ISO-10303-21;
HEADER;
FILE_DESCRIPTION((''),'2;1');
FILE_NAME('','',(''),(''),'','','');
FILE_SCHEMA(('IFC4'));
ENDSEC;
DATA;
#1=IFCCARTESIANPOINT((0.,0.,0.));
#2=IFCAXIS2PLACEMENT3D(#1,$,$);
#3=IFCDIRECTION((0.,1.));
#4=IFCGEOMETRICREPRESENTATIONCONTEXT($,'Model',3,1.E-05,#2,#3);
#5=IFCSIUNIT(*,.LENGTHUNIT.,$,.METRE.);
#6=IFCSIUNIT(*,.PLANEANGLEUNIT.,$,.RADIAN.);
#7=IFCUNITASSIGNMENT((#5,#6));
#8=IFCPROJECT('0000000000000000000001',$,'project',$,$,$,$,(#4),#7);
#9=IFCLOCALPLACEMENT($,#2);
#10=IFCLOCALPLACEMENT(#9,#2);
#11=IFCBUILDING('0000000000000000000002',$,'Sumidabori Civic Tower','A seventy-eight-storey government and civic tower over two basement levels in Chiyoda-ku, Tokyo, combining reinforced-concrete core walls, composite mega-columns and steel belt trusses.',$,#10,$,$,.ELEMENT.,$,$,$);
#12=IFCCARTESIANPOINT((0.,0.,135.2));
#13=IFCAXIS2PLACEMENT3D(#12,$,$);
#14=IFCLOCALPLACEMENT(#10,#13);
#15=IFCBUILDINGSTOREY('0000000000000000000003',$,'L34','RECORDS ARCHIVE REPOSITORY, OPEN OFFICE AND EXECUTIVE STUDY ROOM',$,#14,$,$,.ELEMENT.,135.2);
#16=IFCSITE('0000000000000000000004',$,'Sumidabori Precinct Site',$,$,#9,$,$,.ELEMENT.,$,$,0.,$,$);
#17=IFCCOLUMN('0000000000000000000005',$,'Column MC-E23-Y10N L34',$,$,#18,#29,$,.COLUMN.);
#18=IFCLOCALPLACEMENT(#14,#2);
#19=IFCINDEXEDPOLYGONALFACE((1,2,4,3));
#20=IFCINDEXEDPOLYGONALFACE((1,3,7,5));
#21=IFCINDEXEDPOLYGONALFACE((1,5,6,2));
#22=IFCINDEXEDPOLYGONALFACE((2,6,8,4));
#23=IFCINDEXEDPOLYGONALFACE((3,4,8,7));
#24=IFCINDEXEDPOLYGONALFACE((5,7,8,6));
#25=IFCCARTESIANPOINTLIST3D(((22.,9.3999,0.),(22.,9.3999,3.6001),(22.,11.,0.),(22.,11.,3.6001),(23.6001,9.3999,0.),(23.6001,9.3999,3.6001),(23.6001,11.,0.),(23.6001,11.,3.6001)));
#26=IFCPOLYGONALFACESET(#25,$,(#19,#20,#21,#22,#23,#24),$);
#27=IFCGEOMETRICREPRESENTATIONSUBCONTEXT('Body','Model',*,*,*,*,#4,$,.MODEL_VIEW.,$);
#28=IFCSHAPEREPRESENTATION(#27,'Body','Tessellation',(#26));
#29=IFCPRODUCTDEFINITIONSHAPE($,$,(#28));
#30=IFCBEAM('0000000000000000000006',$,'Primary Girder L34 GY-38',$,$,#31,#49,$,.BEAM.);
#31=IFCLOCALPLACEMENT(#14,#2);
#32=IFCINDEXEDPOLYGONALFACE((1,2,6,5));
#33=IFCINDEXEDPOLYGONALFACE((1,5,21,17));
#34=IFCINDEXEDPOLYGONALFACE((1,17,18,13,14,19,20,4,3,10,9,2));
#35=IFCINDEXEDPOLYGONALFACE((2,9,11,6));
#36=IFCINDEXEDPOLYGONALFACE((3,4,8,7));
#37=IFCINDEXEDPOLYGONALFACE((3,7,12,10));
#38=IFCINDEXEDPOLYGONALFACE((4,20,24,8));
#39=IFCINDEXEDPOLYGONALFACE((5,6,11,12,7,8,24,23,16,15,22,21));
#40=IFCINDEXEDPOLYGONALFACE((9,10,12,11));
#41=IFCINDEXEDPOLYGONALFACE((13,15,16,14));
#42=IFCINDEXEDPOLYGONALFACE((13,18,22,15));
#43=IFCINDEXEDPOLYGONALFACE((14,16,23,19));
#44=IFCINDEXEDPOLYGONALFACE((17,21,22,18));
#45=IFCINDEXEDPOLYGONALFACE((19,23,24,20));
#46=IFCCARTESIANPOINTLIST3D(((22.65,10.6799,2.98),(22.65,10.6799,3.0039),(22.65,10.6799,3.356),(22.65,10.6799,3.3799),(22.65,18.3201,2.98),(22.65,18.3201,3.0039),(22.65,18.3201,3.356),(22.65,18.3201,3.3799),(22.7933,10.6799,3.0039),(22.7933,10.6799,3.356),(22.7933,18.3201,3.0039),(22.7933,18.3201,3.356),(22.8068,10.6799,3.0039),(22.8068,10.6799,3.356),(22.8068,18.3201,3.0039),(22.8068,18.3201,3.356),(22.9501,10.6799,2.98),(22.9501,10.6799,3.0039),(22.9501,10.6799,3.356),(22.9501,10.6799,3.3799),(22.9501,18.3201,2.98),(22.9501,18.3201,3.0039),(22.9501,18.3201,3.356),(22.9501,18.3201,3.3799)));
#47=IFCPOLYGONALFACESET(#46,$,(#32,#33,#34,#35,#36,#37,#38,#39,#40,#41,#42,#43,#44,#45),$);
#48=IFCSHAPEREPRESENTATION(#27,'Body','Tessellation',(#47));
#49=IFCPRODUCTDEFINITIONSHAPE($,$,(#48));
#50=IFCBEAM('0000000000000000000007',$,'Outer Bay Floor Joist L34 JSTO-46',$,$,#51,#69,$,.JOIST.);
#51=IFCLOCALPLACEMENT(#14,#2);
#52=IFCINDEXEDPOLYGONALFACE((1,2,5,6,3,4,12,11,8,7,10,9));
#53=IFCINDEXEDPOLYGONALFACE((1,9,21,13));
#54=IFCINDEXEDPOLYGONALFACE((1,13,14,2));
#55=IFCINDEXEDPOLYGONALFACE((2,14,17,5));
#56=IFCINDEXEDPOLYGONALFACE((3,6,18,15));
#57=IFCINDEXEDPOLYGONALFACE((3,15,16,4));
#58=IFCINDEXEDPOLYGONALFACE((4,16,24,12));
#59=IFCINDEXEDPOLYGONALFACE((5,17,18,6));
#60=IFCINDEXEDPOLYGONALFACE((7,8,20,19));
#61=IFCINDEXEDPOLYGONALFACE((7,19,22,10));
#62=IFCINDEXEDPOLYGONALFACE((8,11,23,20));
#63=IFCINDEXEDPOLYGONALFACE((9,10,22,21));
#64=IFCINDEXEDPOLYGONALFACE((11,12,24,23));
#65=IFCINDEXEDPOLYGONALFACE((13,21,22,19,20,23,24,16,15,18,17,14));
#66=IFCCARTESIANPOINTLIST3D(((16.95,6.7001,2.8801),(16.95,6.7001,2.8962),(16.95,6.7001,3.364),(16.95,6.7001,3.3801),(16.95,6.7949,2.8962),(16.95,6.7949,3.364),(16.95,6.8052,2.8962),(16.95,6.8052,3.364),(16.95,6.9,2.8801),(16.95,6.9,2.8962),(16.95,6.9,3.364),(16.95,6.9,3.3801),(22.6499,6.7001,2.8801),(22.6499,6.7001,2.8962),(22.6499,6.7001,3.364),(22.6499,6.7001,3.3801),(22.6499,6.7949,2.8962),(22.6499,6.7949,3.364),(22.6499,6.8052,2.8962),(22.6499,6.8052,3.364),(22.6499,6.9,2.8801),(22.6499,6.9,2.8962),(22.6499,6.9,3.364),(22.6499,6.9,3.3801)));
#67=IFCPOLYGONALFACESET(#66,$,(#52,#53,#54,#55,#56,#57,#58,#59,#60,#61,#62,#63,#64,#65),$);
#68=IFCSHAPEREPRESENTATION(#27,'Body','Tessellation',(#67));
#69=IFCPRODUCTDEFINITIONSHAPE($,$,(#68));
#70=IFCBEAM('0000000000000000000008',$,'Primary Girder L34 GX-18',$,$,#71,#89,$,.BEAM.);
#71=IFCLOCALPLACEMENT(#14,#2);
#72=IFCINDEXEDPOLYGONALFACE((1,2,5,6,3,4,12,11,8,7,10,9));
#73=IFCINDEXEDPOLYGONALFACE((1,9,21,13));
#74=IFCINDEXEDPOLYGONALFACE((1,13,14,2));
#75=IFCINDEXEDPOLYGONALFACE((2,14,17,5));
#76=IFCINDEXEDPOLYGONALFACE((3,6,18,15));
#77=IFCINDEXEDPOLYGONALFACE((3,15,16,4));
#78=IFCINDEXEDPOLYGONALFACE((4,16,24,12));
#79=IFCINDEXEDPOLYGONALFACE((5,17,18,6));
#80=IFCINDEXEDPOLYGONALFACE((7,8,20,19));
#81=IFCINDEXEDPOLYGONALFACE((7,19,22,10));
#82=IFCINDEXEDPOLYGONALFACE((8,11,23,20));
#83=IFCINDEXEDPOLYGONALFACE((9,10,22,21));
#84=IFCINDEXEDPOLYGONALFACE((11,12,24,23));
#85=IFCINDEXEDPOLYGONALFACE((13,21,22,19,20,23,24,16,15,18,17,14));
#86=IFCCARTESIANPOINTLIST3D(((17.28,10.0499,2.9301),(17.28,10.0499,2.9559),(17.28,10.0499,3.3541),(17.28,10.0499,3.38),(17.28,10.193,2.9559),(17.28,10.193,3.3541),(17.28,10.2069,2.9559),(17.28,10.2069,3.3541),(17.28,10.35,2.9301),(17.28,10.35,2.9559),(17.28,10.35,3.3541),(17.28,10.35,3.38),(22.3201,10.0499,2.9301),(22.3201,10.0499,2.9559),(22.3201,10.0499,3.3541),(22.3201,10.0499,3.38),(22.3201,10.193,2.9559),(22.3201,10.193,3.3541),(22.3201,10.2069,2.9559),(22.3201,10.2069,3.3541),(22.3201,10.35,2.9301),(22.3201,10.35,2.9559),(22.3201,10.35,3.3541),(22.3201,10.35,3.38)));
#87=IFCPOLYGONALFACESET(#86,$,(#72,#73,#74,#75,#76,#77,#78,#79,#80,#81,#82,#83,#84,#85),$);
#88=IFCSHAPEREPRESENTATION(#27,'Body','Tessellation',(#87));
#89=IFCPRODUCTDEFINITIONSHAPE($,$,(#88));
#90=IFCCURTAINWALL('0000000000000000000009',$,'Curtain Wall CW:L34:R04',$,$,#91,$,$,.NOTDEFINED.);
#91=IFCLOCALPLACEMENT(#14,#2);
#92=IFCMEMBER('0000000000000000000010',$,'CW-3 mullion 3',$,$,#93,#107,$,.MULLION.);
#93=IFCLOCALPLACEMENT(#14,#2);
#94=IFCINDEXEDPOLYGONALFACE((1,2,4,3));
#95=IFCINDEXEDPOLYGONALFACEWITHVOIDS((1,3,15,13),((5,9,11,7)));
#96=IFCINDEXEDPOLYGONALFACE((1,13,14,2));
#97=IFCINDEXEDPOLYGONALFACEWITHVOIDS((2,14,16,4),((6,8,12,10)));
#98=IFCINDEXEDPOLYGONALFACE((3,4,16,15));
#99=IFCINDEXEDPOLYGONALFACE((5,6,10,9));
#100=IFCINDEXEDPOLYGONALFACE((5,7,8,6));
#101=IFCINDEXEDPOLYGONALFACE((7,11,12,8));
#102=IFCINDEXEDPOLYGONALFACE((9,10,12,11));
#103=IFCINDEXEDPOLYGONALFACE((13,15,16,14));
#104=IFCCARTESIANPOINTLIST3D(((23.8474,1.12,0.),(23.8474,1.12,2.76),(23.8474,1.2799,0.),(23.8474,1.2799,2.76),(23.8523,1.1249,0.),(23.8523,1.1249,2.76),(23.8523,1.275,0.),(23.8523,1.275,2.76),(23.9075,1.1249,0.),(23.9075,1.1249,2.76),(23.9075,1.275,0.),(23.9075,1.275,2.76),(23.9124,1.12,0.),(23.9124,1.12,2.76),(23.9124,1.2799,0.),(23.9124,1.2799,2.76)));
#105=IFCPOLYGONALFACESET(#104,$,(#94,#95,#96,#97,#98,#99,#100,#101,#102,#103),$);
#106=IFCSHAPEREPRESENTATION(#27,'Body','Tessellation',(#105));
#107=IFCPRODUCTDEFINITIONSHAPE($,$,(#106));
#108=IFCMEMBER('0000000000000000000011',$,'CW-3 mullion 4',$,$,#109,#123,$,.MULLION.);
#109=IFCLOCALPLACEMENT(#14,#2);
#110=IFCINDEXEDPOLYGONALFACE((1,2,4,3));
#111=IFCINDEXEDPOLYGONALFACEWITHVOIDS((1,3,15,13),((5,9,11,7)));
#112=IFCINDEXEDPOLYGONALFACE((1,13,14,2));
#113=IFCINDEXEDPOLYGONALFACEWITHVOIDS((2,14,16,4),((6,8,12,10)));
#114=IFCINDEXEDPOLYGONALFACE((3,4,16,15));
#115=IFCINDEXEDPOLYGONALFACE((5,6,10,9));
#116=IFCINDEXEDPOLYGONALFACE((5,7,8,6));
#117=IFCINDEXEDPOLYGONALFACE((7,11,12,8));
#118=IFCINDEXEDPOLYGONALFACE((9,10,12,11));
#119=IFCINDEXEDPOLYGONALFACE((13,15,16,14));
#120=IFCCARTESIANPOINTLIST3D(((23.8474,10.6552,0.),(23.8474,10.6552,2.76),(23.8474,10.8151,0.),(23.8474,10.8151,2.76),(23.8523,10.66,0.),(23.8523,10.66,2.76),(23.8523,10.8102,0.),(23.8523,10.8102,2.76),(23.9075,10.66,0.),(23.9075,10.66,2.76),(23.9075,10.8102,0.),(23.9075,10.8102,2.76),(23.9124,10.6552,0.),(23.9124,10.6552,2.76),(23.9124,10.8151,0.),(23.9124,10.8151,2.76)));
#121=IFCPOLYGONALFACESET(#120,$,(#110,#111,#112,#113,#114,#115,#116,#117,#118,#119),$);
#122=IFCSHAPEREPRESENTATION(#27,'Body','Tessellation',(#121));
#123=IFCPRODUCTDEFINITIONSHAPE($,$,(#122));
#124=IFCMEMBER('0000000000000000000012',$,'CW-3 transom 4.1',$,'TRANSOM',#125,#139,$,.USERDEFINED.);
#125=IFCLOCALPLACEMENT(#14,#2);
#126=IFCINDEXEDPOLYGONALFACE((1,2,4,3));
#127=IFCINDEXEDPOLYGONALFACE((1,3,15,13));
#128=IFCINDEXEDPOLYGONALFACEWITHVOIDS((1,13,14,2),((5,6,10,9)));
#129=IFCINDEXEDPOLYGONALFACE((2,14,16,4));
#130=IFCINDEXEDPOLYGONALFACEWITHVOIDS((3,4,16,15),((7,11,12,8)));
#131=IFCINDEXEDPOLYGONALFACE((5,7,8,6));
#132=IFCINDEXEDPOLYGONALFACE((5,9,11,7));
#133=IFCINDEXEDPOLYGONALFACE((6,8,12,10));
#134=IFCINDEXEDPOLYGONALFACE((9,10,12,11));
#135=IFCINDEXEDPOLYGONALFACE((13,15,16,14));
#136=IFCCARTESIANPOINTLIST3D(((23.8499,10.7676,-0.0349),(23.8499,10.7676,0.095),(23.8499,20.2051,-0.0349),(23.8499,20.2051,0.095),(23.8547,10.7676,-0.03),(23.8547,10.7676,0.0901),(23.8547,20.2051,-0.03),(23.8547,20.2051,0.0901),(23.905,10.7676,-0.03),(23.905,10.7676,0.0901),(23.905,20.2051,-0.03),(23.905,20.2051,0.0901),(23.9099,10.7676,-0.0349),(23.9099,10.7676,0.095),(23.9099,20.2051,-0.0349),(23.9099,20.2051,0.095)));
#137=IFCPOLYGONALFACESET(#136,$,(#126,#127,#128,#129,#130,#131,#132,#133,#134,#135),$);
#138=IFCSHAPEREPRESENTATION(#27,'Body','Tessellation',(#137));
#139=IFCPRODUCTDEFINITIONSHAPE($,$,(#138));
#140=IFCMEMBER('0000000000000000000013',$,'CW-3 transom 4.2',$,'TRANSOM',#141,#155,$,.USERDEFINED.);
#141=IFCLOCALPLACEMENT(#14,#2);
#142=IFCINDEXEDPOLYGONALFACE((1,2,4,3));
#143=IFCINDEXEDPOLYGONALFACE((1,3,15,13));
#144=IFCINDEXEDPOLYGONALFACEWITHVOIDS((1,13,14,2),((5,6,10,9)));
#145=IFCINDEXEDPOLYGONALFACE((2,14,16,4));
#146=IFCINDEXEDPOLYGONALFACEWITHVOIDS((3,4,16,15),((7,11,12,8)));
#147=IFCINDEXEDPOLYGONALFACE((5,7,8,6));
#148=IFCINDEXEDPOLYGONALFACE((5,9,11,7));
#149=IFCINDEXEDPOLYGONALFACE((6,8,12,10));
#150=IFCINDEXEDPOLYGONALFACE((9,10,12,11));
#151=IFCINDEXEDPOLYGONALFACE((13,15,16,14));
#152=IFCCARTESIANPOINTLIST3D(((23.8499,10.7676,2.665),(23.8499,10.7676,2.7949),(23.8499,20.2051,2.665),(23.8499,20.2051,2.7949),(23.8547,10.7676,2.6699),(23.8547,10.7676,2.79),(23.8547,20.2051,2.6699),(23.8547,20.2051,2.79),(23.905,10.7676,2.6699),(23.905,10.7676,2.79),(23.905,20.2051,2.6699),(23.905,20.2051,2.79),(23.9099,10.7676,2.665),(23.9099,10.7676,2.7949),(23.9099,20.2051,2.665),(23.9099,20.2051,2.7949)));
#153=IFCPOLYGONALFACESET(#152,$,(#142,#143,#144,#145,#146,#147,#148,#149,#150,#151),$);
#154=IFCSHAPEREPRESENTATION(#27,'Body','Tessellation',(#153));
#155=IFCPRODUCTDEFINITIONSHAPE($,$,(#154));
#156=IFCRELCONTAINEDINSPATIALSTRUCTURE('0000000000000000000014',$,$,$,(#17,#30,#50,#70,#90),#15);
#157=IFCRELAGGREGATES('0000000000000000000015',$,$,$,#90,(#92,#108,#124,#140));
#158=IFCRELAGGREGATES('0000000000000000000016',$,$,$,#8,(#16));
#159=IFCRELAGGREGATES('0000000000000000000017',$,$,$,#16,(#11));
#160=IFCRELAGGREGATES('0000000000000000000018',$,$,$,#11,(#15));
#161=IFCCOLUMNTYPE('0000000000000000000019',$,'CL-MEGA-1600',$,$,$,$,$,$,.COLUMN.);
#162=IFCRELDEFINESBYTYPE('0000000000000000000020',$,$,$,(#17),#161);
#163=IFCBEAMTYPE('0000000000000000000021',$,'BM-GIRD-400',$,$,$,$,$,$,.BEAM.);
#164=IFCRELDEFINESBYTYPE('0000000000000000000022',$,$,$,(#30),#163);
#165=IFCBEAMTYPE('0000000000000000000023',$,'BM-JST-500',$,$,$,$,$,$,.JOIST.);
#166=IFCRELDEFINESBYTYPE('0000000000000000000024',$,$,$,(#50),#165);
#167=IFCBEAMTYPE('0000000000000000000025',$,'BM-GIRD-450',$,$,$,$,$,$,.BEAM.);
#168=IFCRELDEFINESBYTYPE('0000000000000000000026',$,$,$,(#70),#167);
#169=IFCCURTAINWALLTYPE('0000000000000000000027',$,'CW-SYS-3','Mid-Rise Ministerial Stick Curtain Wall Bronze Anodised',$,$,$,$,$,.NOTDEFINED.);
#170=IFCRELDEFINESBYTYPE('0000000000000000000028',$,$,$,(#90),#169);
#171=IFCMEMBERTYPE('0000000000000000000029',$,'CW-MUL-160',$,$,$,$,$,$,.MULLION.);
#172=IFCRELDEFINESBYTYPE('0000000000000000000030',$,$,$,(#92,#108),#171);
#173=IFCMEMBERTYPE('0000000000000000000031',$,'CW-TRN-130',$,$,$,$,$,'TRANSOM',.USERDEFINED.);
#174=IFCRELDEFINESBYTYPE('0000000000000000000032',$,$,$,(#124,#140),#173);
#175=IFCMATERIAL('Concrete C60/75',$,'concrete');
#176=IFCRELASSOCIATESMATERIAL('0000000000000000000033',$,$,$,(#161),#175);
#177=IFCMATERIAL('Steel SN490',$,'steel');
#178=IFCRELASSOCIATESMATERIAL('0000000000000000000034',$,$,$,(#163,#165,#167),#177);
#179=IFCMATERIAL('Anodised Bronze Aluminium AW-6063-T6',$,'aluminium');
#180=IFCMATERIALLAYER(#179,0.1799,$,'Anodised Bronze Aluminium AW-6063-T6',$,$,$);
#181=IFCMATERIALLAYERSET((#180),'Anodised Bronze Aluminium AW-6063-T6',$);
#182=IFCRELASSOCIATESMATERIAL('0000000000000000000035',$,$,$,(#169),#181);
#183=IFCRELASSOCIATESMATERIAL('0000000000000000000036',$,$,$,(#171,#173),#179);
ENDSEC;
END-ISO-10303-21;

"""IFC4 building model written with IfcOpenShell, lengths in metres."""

from ifc_helpers import new_model, si_unit, direction, frame, origin, origin_2d, place, context, subcontext, project, spatial, rectangle, hollow_rectangle, i_section, extrude, source, transform, mapped, material, layer, layer_set, material_profile, profile_set, type_object, element, aggregate, save


model = new_model("IFC4")

# Units and contexts
model_context = context("Model", 3, precision=1e-05, world=origin(), true_north=direction((0.0, 1.0)))
body_context = subcontext(model_context, "Body", "Model", "MODEL_VIEW")
ifc_project = project(units=[si_unit("LENGTHUNIT", "METRE"), si_unit("PLANEANGLEUNIT", "RADIAN")], contexts=[model_context])

# Site, building, storey
site_placement = place(None, origin())
site = spatial("IfcSite", under=ifc_project, at=site_placement, Name="Sumidabori Precinct Site", CompositionType="ELEMENT", RefElevation=0.0)
building_placement = place(site_placement, origin())
building = spatial("IfcBuilding", under=site, at=building_placement, Name="Sumidabori Civic Tower", Description="A seventy-eight-storey government and civic tower over two basement levels in Chiyoda-ku, Tokyo, combining reinforced-concrete core walls, composite mega-columns and steel belt trusses.", CompositionType="ELEMENT")
storey_placement = place(building_placement, frame((0.0, 0.0, 135.2)))
storey = spatial("IfcBuildingStorey", under=building, at=storey_placement, Name="L34", Description="RECORDS ARCHIVE REPOSITORY, OPEN OFFICE AND EXECUTIVE STUDY ROOM", CompositionType="ELEMENT", Elevation=135.2)

# Column
ifc_material_1 = material(Name="Concrete C60/75", Category="concrete")
ifc_material_profile_1 = material_profile(ifc_material_1, rectangle(XDim=1.6001, YDim=1.6001, at=origin_2d()), Name="RC 1600x1600")
ifc_profile_set_1 = profile_set([ifc_material_profile_1], Name="Concrete C60/75")
column_type = type_object("IfcColumnType", Name="CL-MEGA-1600", PredefinedType="COLUMN", material=ifc_profile_set_1)
shared_shape_1 = source(origin(), body_context, "Body", "SweptSolid", [
    extrude(rectangle(XDim=1.6001, YDim=1.6001, at=origin_2d()), origin(), (0.0, 0.0, 1.0), 3.6001),
])
column_placement = place(storey_placement, frame((22.8, 10.2, 0.0), z_axis=(0.0, 0.0, 1.0), x_axis=(1.0, 0.0, 0.0)))
element("IfcColumn", 1, at=column_placement, inside=storey, type_object=column_type, Name="Column MC-E23-Y10N L34", PredefinedType="COLUMN", context=body_context, shape_type="MappedRepresentation", body=[
    mapped(shared_shape_1, transform((0.0, 0.0, 0.0), x_axis=(1.0, 0.0, 0.0), y_axis=(0.0, 1.0, 0.0), z_axis=(0.0, 0.0, 1.0), scale=1.0)),
])

# Beams
ifc_material_2 = material(Name="Steel SN490", Category="steel")
ifc_material_profile_2 = material_profile(ifc_material_2, i_section(OverallWidth=0.3, OverallDepth=0.3999, WebThickness=0.0134, FlangeThickness=0.0239, at=origin_2d()), Name="HE 400 B")
ifc_profile_set_2 = profile_set([ifc_material_profile_2], Name="Steel SN490")
beam_type_1 = type_object("IfcBeamType", Name="BM-GIRD-400", PredefinedType="BEAM", material=ifc_profile_set_2)
shared_shape_2 = source(origin(), body_context, "Body", "SweptSolid", [
    extrude(i_section(OverallWidth=0.3, OverallDepth=0.3999, WebThickness=0.0134, FlangeThickness=0.0239, at=origin_2d()), origin(), (0.0, 0.0, 1.0), 7.6401),
])
beam_1_placement = place(storey_placement, frame((22.8, 10.6799, 3.1799), z_axis=(0.0, 1.0, 0.0), x_axis=(-1.0, 0.0, 0.0)))
element("IfcBeam", 2, at=beam_1_placement, inside=storey, type_object=beam_type_1, Name="Primary Girder L34 GY-38", PredefinedType="BEAM", context=body_context, shape_type="MappedRepresentation", body=[
    mapped(shared_shape_2, transform((0.0, 0.0, 0.0), x_axis=(1.0, 0.0, 0.0), y_axis=(0.0, 1.0, 0.0), z_axis=(0.0, 0.0, 1.0), scale=1.0)),
])
ifc_material_profile_3 = material_profile(ifc_material_2, i_section(OverallWidth=0.2, OverallDepth=0.5, WebThickness=0.0103, FlangeThickness=0.0161, at=origin_2d()), Name="IPE 500")
ifc_profile_set_3 = profile_set([ifc_material_profile_3], Name="Steel SN490")
beam_type_2 = type_object("IfcBeamType", Name="BM-JST-500", PredefinedType="JOIST", material=ifc_profile_set_3)
shared_shape_3 = source(origin(), body_context, "Body", "SweptSolid", [
    extrude(i_section(OverallWidth=0.2, OverallDepth=0.5, WebThickness=0.0103, FlangeThickness=0.0161, at=origin_2d()), origin(), (0.0, 0.0, 1.0), 5.7),
])
beam_2_placement = place(storey_placement, frame((16.95, 6.8, 3.1301), z_axis=(1.0, 0.0, 0.0), x_axis=(0.0, 1.0, 0.0)))
element("IfcBeam", 3, at=beam_2_placement, inside=storey, type_object=beam_type_2, Name="Outer Bay Floor Joist L34 JSTO-46", PredefinedType="JOIST", context=body_context, shape_type="MappedRepresentation", body=[
    mapped(shared_shape_3, transform((0.0, 0.0, 0.0), x_axis=(1.0, 0.0, 0.0), y_axis=(0.0, 1.0, 0.0), z_axis=(0.0, 0.0, 1.0), scale=1.0)),
])
ifc_material_profile_4 = material_profile(ifc_material_2, i_section(OverallWidth=0.3, OverallDepth=0.45, WebThickness=0.0139, FlangeThickness=0.0259, at=origin_2d()), Name="HE 450 B")
ifc_profile_set_4 = profile_set([ifc_material_profile_4], Name="Steel SN490")
beam_type_3 = type_object("IfcBeamType", Name="BM-GIRD-450", PredefinedType="BEAM", material=ifc_profile_set_4)
shared_shape_4 = source(origin(), body_context, "Body", "SweptSolid", [
    extrude(i_section(OverallWidth=0.3, OverallDepth=0.45, WebThickness=0.0139, FlangeThickness=0.0259, at=origin_2d()), origin(), (0.0, 0.0, 1.0), 5.04),
])
beam_3_placement = place(storey_placement, frame((17.28, 10.2, 3.155), z_axis=(1.0, 0.0, 0.0), x_axis=(0.0, 1.0, 0.0)))
element("IfcBeam", 4, at=beam_3_placement, inside=storey, type_object=beam_type_3, Name="Primary Girder L34 GX-18", PredefinedType="BEAM", context=body_context, shape_type="MappedRepresentation", body=[
    mapped(shared_shape_4, transform((0.0, 0.0, 0.0), x_axis=(1.0, 0.0, 0.0), y_axis=(0.0, 1.0, 0.0), z_axis=(0.0, 0.0, 1.0), scale=1.0)),
])

# Curtain wall, members
ifc_material_3 = material(Name="Anodised Bronze Aluminium AW-6063-T6", Category="aluminium")
ifc_layer_1 = layer(ifc_material_3, 0.1799, Name="Anodised Bronze Aluminium AW-6063-T6")
ifc_layer_set_1 = layer_set([ifc_layer_1], Name="Anodised Bronze Aluminium AW-6063-T6")
curtain_wall_type = type_object("IfcCurtainWallType", Name="CW-SYS-3", Description="Mid-Rise Ministerial Stick Curtain Wall Bronze Anodised", PredefinedType="NOTDEFINED", material=ifc_layer_set_1)
curtain_wall_placement = place(storey_placement, origin())
curtain_wall = element("IfcCurtainWall", 5, at=curtain_wall_placement, inside=storey, type_object=curtain_wall_type, Name="Curtain Wall CW:L34:R04", PredefinedType="NOTDEFINED")
ifc_material_profile_5 = material_profile(ifc_material_3, hollow_rectangle(XDim=0.0649, YDim=0.1599, WallThickness=0.0049, at=origin_2d()), Name="ALU MULLION 160x65")
ifc_profile_set_5 = profile_set([ifc_material_profile_5], Name="Anodised Bronze Aluminium AW-6063-T6")
member_type_1 = type_object("IfcMemberType", Name="CW-MUL-160", PredefinedType="MULLION", material=ifc_profile_set_5)
shared_shape_5 = source(origin(), body_context, "Body", "SweptSolid", [
    extrude(hollow_rectangle(XDim=0.0649, YDim=0.1599, WallThickness=0.0049, at=origin_2d()), origin(), (0.0, 0.0, 1.0), 2.76),
])
member_1_placement = place(storey_placement, frame((23.8799, 1.2, 0.0), z_axis=(0.0, 0.0, 1.0), x_axis=(-1.0, 0.0, 0.0)))
member_1 = element("IfcMember", 6, at=member_1_placement, type_object=member_type_1, Name="CW-3 mullion 3", PredefinedType="MULLION", context=body_context, shape_type="MappedRepresentation", body=[
    mapped(shared_shape_5, transform((0.0, 0.0, 0.0), x_axis=(1.0, 0.0, 0.0), y_axis=(0.0, 1.0, 0.0), z_axis=(0.0, 0.0, 1.0), scale=1.0)),
])
member_2_placement = place(storey_placement, frame((23.8799, 10.7351, 0.0), z_axis=(0.0, 0.0, 1.0), x_axis=(-1.0, 0.0, 0.0)))
member_2 = element("IfcMember", 7, at=member_2_placement, type_object=member_type_1, Name="CW-3 mullion 4", PredefinedType="MULLION", context=body_context, shape_type="MappedRepresentation", body=[
    mapped(shared_shape_5, transform((0.0, 0.0, 0.0), x_axis=(1.0, 0.0, 0.0), y_axis=(0.0, 1.0, 0.0), z_axis=(0.0, 0.0, 1.0), scale=1.0)),
])
ifc_material_profile_6 = material_profile(ifc_material_3, hollow_rectangle(XDim=0.0601, YDim=0.1299, WallThickness=0.0049, at=origin_2d()), Name="ALU TRANSOM 130x60")
ifc_profile_set_6 = profile_set([ifc_material_profile_6], Name="Anodised Bronze Aluminium AW-6063-T6")
member_type_2 = type_object("IfcMemberType", Name="CW-TRN-130", ElementType="TRANSOM", PredefinedType="USERDEFINED", material=ifc_profile_set_6)
shared_shape_6 = source(origin(), body_context, "Body", "SweptSolid", [
    extrude(hollow_rectangle(XDim=0.0601, YDim=0.1299, WallThickness=0.0049, at=origin_2d()), origin(), (0.0, 0.0, 1.0), 9.4375),
])
member_3_placement = place(storey_placement, frame((23.8799, 10.7676, 0.03), z_axis=(0.0, 1.0, 0.0), x_axis=(-1.0, 0.0, 0.0)))
member_3 = element("IfcMember", 8, at=member_3_placement, type_object=member_type_2, Name="CW-3 transom 4.1", ObjectType="TRANSOM", PredefinedType="USERDEFINED", context=body_context, shape_type="MappedRepresentation", body=[
    mapped(shared_shape_6, transform((0.0, 0.0, 0.0), x_axis=(1.0, 0.0, 0.0), y_axis=(0.0, 1.0, 0.0), z_axis=(0.0, 0.0, 1.0), scale=1.0)),
])
member_4_placement = place(storey_placement, frame((23.8799, 10.7676, 2.73), z_axis=(0.0, 1.0, 0.0), x_axis=(-1.0, 0.0, 0.0)))
member_4 = element("IfcMember", 9, at=member_4_placement, type_object=member_type_2, Name="CW-3 transom 4.2", ObjectType="TRANSOM", PredefinedType="USERDEFINED", context=body_context, shape_type="MappedRepresentation", body=[
    mapped(shared_shape_6, transform((0.0, 0.0, 0.0), x_axis=(1.0, 0.0, 0.0), y_axis=(0.0, 1.0, 0.0), z_axis=(0.0, 0.0, 1.0), scale=1.0)),
])
aggregate(curtain_wall, [member_1, member_2, member_3, member_4])

save(model, "model.ifc")
